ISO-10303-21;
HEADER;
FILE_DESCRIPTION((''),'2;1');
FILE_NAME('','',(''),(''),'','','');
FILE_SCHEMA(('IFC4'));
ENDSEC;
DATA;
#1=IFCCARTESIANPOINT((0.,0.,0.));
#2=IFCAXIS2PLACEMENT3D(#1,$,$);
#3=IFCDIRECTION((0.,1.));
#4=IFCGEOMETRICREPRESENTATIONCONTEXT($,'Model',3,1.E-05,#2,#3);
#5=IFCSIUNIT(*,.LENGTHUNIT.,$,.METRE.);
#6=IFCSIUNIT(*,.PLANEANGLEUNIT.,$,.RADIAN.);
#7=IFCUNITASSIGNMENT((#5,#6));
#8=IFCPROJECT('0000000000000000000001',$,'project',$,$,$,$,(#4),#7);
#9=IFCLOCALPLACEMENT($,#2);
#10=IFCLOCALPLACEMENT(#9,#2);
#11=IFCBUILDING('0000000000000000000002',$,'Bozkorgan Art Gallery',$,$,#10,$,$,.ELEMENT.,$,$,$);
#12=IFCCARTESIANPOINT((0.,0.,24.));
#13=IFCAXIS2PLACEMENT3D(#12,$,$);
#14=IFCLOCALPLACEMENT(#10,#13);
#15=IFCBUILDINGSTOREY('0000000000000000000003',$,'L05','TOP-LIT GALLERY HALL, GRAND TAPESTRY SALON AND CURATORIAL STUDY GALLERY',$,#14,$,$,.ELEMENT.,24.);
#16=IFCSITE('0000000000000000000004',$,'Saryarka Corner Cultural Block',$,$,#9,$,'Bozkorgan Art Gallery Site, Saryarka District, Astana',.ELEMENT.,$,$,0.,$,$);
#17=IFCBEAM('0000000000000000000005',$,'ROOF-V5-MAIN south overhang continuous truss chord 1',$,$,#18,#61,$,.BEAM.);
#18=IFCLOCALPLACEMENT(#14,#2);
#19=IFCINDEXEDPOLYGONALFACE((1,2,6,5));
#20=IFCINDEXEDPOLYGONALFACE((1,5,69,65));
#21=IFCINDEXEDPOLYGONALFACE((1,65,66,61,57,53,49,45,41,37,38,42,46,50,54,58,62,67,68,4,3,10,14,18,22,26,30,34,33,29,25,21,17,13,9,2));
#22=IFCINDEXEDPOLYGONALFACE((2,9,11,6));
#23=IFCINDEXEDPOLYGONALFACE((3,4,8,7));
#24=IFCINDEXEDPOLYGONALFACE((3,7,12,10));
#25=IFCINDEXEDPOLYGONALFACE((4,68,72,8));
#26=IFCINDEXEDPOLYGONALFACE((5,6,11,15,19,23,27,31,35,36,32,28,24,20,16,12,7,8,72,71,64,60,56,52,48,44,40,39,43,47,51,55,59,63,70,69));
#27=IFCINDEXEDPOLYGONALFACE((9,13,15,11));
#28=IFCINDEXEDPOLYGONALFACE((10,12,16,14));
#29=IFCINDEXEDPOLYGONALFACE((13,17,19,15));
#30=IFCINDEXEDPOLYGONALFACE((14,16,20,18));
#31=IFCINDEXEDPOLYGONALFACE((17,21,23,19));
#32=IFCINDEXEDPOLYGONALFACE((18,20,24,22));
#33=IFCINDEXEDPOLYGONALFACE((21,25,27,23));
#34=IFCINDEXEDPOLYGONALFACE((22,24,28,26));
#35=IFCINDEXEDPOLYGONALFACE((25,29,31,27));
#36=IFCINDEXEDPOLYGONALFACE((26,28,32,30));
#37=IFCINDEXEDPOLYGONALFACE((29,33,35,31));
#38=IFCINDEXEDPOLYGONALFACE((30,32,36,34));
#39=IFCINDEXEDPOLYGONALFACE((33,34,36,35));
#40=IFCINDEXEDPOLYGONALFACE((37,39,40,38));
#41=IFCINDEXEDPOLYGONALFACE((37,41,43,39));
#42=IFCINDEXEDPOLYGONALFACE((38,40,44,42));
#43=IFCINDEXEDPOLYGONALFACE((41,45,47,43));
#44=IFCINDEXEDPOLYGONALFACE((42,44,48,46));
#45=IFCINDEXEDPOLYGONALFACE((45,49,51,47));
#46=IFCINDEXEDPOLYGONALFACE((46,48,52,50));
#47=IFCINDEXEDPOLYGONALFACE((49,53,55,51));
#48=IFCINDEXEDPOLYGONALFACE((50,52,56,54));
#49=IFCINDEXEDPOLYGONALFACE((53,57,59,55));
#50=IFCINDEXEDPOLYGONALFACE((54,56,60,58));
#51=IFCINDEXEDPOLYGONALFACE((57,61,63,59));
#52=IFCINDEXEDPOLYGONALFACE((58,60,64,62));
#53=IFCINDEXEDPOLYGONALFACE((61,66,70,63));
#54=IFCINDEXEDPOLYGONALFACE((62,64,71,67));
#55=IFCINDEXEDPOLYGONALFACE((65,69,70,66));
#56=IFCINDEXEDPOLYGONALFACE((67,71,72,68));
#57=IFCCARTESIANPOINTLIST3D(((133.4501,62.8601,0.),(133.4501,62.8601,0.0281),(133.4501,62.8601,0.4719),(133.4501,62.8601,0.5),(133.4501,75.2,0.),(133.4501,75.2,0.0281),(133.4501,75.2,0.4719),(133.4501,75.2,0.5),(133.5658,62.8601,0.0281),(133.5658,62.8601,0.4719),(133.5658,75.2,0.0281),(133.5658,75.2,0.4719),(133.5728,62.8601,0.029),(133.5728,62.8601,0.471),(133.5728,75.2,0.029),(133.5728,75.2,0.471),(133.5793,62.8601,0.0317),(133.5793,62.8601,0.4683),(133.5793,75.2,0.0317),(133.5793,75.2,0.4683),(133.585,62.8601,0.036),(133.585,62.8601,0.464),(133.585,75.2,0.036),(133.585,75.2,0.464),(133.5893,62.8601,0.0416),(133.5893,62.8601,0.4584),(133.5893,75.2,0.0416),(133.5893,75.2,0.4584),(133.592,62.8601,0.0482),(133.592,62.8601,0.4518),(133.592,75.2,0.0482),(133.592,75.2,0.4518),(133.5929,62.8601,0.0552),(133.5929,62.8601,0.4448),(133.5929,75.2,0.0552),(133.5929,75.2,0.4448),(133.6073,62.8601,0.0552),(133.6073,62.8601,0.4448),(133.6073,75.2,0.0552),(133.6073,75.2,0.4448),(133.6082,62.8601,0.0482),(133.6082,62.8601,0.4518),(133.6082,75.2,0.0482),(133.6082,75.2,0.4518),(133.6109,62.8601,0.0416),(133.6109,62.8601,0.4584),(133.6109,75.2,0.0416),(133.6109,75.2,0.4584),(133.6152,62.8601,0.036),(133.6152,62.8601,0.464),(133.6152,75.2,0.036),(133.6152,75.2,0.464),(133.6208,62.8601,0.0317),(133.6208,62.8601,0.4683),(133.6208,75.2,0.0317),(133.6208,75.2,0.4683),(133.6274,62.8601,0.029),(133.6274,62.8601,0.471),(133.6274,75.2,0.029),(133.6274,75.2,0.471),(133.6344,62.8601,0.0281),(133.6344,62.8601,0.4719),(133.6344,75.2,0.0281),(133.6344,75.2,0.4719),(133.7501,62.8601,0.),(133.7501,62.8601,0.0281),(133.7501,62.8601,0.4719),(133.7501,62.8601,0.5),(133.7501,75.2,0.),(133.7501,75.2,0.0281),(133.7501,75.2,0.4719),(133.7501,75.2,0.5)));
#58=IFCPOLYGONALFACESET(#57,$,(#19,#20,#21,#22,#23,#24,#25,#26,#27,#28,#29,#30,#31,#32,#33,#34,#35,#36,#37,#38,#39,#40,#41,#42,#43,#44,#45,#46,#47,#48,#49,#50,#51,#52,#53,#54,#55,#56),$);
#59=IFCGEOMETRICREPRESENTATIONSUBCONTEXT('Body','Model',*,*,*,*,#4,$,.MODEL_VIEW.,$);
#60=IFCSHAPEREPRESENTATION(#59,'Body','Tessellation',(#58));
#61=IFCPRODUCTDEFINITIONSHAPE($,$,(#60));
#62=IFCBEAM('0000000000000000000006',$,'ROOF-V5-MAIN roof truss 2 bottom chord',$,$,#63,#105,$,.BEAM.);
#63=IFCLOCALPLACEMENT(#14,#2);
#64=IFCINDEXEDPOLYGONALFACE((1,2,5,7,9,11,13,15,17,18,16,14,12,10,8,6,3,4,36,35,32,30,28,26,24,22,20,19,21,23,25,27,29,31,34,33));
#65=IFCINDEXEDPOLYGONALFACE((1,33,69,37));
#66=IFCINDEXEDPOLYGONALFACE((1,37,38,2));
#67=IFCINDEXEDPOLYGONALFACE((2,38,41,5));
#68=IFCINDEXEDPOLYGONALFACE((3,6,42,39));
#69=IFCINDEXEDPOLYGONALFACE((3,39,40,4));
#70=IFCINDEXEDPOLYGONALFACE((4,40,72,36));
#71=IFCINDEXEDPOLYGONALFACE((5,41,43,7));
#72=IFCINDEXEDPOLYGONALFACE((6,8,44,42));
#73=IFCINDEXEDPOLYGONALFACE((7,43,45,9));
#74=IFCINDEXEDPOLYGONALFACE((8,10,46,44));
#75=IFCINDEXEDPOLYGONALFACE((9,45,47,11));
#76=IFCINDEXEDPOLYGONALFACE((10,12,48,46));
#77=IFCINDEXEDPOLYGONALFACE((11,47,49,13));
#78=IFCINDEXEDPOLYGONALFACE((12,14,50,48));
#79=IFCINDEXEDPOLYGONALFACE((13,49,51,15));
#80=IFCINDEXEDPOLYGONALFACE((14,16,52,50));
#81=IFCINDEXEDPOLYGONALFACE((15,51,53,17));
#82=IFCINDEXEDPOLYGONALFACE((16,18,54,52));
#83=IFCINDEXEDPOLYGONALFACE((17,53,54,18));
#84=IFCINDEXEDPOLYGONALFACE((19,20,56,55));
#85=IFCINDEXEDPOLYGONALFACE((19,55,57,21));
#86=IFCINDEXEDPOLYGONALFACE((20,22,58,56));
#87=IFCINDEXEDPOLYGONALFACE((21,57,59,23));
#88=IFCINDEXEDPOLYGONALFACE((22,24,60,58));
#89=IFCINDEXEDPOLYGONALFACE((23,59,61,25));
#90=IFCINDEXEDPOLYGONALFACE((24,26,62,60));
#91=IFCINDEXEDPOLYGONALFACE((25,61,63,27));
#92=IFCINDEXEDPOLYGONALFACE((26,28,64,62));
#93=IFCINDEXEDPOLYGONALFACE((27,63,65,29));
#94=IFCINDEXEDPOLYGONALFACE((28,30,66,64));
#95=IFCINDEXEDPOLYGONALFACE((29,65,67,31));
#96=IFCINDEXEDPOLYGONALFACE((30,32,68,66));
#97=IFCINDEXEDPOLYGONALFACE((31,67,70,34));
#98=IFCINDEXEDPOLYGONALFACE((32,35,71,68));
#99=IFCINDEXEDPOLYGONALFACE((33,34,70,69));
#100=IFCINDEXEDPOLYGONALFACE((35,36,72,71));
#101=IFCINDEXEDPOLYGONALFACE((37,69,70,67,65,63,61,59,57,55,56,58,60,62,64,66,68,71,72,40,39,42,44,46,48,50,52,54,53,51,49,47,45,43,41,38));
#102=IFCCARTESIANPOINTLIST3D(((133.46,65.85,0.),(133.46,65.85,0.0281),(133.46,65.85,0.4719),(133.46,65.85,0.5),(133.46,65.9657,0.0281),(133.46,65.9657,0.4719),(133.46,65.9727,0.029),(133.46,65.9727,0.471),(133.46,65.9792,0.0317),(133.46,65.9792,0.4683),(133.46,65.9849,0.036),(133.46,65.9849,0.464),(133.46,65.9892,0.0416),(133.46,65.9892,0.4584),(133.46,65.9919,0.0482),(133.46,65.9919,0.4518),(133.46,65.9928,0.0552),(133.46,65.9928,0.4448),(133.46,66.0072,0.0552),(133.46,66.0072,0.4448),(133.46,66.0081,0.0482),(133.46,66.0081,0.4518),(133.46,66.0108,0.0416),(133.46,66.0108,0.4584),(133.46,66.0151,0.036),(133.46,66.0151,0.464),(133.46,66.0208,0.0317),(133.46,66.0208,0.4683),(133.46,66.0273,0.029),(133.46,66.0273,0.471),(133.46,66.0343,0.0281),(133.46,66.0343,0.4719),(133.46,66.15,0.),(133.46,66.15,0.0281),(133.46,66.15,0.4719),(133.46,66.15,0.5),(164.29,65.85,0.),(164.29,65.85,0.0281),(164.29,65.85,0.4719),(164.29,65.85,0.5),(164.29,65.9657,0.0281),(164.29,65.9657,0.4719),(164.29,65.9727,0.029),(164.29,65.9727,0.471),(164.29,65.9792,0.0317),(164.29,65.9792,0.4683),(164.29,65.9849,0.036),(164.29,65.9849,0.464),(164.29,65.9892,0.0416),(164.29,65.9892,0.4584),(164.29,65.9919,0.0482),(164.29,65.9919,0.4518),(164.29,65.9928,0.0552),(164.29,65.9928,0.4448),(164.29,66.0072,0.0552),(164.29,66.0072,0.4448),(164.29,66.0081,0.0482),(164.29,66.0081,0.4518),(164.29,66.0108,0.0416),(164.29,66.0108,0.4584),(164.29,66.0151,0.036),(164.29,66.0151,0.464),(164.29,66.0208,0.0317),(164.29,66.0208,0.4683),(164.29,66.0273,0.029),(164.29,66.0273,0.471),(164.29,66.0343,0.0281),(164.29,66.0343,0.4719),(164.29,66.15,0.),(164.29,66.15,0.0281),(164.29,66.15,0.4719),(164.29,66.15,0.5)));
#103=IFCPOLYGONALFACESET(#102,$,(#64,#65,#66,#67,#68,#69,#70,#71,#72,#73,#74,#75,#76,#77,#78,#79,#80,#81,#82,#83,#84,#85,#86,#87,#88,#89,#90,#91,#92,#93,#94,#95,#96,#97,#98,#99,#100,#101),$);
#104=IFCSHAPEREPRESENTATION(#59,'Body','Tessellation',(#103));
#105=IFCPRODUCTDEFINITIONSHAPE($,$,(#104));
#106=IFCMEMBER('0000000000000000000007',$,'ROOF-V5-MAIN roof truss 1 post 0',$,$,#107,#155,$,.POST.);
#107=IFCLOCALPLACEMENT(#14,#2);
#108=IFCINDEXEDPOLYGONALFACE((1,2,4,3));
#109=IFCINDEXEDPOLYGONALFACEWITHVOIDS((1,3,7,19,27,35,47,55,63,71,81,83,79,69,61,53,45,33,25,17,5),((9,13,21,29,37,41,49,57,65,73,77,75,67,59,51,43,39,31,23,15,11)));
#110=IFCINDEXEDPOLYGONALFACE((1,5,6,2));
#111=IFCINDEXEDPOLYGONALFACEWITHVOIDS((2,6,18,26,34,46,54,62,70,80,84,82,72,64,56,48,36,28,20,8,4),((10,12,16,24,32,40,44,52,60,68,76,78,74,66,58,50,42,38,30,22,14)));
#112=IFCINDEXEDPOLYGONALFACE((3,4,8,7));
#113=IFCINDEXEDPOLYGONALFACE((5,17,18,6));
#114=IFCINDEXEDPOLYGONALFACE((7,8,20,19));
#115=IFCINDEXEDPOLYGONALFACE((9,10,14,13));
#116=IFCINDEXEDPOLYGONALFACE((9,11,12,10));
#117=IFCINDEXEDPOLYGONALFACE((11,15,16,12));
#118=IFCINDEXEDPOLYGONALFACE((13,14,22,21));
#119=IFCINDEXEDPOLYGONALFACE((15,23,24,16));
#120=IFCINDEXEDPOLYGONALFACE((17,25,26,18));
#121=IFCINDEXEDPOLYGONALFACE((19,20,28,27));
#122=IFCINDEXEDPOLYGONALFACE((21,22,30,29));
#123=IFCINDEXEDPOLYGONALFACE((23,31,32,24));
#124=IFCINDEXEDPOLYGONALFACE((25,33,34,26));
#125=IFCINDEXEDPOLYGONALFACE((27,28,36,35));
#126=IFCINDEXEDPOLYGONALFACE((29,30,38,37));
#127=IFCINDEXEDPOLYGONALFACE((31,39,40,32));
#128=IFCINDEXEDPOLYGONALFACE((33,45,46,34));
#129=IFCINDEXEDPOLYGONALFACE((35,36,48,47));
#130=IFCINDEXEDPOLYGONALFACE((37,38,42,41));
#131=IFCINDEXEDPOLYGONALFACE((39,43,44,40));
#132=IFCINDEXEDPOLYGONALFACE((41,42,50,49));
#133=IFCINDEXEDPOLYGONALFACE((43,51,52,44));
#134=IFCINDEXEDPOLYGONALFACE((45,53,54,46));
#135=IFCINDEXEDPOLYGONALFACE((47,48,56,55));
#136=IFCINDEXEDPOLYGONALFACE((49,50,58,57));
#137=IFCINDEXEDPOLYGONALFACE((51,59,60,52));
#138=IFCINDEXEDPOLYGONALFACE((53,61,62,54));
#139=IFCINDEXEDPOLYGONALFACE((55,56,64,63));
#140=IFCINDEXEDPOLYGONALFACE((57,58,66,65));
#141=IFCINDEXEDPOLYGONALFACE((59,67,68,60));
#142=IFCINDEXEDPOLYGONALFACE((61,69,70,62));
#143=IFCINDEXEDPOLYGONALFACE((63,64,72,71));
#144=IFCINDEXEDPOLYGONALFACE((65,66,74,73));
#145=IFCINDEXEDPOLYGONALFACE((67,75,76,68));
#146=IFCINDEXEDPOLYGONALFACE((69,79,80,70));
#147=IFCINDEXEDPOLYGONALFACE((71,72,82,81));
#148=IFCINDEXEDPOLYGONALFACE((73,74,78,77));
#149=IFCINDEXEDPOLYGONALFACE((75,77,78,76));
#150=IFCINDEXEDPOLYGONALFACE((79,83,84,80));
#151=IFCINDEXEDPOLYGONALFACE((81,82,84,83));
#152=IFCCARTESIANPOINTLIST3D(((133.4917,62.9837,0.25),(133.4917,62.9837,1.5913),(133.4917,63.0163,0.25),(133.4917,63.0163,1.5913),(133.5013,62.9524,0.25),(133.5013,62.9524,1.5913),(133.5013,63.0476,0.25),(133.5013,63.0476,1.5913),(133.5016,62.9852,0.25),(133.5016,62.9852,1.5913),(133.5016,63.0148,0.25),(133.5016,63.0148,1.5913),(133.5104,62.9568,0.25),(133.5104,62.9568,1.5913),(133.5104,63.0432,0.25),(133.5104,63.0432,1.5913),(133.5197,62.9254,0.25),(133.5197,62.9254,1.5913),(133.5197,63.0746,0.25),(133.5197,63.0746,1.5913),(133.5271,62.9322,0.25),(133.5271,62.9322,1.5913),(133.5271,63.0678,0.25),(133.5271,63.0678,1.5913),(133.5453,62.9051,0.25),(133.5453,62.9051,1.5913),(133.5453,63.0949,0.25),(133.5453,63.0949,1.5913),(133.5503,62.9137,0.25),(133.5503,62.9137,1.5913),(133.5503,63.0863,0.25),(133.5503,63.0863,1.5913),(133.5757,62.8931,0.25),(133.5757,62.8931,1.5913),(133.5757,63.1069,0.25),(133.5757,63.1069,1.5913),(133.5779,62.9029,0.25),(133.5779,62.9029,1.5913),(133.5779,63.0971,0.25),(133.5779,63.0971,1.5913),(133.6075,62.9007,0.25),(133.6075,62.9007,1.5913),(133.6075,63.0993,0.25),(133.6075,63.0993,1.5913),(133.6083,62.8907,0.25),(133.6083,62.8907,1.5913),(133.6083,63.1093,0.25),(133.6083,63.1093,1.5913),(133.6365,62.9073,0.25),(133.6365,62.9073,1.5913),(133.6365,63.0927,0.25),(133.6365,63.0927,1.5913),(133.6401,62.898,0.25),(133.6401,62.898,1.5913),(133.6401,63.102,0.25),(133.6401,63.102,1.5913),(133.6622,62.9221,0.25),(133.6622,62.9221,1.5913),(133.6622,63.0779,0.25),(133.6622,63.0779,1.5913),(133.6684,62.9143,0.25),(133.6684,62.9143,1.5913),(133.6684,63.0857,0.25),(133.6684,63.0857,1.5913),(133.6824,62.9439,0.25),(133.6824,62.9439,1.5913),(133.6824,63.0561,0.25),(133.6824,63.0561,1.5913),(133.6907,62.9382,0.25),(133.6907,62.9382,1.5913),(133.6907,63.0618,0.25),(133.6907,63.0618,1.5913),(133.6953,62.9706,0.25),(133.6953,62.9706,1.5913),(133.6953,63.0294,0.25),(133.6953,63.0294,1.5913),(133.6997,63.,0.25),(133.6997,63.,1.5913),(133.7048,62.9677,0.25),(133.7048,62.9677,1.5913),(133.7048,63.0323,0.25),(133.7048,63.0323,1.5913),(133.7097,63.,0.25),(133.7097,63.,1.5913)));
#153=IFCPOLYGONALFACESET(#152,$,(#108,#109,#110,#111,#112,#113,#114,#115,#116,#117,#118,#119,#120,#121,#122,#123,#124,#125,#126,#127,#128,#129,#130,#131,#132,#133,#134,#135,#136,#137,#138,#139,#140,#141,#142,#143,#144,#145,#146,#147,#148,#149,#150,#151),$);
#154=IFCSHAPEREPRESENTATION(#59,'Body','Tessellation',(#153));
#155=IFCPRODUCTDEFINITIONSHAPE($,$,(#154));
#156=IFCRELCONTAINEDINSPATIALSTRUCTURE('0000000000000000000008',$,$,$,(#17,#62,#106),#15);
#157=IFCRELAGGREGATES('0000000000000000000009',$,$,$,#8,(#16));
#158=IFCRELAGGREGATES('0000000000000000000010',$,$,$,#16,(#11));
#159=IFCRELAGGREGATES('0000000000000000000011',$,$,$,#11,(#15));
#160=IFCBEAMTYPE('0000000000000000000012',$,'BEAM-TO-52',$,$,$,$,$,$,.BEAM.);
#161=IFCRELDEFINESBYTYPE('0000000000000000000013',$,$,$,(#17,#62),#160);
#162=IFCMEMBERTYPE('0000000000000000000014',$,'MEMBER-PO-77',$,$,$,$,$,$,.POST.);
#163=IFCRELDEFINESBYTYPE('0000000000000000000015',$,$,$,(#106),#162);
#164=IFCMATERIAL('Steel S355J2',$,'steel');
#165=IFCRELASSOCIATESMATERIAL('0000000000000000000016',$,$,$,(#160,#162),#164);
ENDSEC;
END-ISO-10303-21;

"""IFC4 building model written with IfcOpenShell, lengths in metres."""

from ifc_helpers import new_model, si_unit, direction, frame, origin, origin_2d, place, context, subcontext, project, spatial, hollow_circle, i_section, extrude, material, material_profile, profile_set, type_object, element, save


model = new_model("IFC4")

# Units and contexts
model_context = context("Model", 3, precision=1e-05, world=origin(), true_north=direction((0.0, 1.0)))
body_context = subcontext(model_context, "Body", "Model", "MODEL_VIEW")
ifc_project = project(units=[si_unit("LENGTHUNIT", "METRE"), si_unit("PLANEANGLEUNIT", "RADIAN")], contexts=[model_context])

# Site, building, storey
site_placement = place(None, origin())
site = spatial("IfcSite", under=ifc_project, at=site_placement, Name="Saryarka Corner Cultural Block", LongName="Bozkorgan Art Gallery Site, Saryarka District, Astana", CompositionType="ELEMENT", RefElevation=0.0)
building_placement = place(site_placement, origin())
building = spatial("IfcBuilding", under=site, at=building_placement, Name="Bozkorgan Art Gallery", CompositionType="ELEMENT")
storey_placement = place(building_placement, frame((0.0, 0.0, 24.0)))
storey = spatial("IfcBuildingStorey", under=building, at=storey_placement, Name="L05", Description="TOP-LIT GALLERY HALL, GRAND TAPESTRY SALON AND CURATORIAL STUDY GALLERY", CompositionType="ELEMENT", Elevation=24.0)

# Beams
ifc_material = material(Name="Steel S355J2", Category="steel")
ifc_material_profile_1 = material_profile(ifc_material, i_section(OverallWidth=0.3, OverallDepth=0.5, WebThickness=0.0144, FlangeThickness=0.0281, FilletRadius=0.0271, at=origin_2d()), Name="HEB 500")
ifc_profile_set_1 = profile_set([ifc_material_profile_1], Name="Steel S355J2")
beam_type = type_object("IfcBeamType", Name="BEAM-TO-52", PredefinedType="BEAM", material=ifc_profile_set_1)
beam_1_placement = place(storey_placement, frame((133.6001, 62.8601, 0.25), z_axis=(0.0, 1.0, 0.0), x_axis=(-1.0, 0.0, 0.0)))
element("IfcBeam", 1, at=beam_1_placement, inside=storey, type_object=beam_type, Name="ROOF-V5-MAIN south overhang continuous truss chord 1", PredefinedType="BEAM", context=body_context, shape_type="SweptSolid", body=[
    extrude(i_section(OverallWidth=0.3, OverallDepth=0.5, WebThickness=0.0144, FlangeThickness=0.0281, FilletRadius=0.0271, at=origin_2d()), origin(), (0.0, 0.0, 1.0), 12.3398),
])
beam_2_placement = place(storey_placement, frame((133.46, 66.0, 0.25), z_axis=(1.0, 0.0, 0.0), x_axis=(0.0, 1.0, 0.0)))
element("IfcBeam", 2, at=beam_2_placement, inside=storey, type_object=beam_type, Name="ROOF-V5-MAIN roof truss 2 bottom chord", PredefinedType="BEAM", context=body_context, shape_type="SweptSolid", body=[
    extrude(i_section(OverallWidth=0.3, OverallDepth=0.5, WebThickness=0.0144, FlangeThickness=0.0281, FilletRadius=0.0271, at=origin_2d()), origin(), (0.0, 0.0, 1.0), 30.8301),
])

# Member
ifc_material_profile_2 = material_profile(ifc_material, hollow_circle(Radius=0.1096, WallThickness=0.01, at=origin_2d()), Name="CHS 219.1x10")
ifc_profile_set_2 = profile_set([ifc_material_profile_2], Name="Steel S355J2")
member_type_1 = type_object("IfcMemberType", Name="MEMBER-PO-77", PredefinedType="POST", material=ifc_profile_set_2)
member_1_placement = place(storey_placement, frame((133.6001, 63.0, 0.25), z_axis=(0.0, 0.0, 1.0), x_axis=(1.0, 0.0, 0.0)))
element("IfcMember", 3, at=member_1_placement, inside=storey, type_object=member_type_1, Name="ROOF-V5-MAIN roof truss 1 post 0", PredefinedType="POST", context=body_context, shape_type="SweptSolid", body=[
    extrude(hollow_circle(Radius=0.1096, WallThickness=0.01, at=origin_2d()), origin(), (0.0, 0.0, 1.0), 1.3413),
])

save(model, "model.ifc")
